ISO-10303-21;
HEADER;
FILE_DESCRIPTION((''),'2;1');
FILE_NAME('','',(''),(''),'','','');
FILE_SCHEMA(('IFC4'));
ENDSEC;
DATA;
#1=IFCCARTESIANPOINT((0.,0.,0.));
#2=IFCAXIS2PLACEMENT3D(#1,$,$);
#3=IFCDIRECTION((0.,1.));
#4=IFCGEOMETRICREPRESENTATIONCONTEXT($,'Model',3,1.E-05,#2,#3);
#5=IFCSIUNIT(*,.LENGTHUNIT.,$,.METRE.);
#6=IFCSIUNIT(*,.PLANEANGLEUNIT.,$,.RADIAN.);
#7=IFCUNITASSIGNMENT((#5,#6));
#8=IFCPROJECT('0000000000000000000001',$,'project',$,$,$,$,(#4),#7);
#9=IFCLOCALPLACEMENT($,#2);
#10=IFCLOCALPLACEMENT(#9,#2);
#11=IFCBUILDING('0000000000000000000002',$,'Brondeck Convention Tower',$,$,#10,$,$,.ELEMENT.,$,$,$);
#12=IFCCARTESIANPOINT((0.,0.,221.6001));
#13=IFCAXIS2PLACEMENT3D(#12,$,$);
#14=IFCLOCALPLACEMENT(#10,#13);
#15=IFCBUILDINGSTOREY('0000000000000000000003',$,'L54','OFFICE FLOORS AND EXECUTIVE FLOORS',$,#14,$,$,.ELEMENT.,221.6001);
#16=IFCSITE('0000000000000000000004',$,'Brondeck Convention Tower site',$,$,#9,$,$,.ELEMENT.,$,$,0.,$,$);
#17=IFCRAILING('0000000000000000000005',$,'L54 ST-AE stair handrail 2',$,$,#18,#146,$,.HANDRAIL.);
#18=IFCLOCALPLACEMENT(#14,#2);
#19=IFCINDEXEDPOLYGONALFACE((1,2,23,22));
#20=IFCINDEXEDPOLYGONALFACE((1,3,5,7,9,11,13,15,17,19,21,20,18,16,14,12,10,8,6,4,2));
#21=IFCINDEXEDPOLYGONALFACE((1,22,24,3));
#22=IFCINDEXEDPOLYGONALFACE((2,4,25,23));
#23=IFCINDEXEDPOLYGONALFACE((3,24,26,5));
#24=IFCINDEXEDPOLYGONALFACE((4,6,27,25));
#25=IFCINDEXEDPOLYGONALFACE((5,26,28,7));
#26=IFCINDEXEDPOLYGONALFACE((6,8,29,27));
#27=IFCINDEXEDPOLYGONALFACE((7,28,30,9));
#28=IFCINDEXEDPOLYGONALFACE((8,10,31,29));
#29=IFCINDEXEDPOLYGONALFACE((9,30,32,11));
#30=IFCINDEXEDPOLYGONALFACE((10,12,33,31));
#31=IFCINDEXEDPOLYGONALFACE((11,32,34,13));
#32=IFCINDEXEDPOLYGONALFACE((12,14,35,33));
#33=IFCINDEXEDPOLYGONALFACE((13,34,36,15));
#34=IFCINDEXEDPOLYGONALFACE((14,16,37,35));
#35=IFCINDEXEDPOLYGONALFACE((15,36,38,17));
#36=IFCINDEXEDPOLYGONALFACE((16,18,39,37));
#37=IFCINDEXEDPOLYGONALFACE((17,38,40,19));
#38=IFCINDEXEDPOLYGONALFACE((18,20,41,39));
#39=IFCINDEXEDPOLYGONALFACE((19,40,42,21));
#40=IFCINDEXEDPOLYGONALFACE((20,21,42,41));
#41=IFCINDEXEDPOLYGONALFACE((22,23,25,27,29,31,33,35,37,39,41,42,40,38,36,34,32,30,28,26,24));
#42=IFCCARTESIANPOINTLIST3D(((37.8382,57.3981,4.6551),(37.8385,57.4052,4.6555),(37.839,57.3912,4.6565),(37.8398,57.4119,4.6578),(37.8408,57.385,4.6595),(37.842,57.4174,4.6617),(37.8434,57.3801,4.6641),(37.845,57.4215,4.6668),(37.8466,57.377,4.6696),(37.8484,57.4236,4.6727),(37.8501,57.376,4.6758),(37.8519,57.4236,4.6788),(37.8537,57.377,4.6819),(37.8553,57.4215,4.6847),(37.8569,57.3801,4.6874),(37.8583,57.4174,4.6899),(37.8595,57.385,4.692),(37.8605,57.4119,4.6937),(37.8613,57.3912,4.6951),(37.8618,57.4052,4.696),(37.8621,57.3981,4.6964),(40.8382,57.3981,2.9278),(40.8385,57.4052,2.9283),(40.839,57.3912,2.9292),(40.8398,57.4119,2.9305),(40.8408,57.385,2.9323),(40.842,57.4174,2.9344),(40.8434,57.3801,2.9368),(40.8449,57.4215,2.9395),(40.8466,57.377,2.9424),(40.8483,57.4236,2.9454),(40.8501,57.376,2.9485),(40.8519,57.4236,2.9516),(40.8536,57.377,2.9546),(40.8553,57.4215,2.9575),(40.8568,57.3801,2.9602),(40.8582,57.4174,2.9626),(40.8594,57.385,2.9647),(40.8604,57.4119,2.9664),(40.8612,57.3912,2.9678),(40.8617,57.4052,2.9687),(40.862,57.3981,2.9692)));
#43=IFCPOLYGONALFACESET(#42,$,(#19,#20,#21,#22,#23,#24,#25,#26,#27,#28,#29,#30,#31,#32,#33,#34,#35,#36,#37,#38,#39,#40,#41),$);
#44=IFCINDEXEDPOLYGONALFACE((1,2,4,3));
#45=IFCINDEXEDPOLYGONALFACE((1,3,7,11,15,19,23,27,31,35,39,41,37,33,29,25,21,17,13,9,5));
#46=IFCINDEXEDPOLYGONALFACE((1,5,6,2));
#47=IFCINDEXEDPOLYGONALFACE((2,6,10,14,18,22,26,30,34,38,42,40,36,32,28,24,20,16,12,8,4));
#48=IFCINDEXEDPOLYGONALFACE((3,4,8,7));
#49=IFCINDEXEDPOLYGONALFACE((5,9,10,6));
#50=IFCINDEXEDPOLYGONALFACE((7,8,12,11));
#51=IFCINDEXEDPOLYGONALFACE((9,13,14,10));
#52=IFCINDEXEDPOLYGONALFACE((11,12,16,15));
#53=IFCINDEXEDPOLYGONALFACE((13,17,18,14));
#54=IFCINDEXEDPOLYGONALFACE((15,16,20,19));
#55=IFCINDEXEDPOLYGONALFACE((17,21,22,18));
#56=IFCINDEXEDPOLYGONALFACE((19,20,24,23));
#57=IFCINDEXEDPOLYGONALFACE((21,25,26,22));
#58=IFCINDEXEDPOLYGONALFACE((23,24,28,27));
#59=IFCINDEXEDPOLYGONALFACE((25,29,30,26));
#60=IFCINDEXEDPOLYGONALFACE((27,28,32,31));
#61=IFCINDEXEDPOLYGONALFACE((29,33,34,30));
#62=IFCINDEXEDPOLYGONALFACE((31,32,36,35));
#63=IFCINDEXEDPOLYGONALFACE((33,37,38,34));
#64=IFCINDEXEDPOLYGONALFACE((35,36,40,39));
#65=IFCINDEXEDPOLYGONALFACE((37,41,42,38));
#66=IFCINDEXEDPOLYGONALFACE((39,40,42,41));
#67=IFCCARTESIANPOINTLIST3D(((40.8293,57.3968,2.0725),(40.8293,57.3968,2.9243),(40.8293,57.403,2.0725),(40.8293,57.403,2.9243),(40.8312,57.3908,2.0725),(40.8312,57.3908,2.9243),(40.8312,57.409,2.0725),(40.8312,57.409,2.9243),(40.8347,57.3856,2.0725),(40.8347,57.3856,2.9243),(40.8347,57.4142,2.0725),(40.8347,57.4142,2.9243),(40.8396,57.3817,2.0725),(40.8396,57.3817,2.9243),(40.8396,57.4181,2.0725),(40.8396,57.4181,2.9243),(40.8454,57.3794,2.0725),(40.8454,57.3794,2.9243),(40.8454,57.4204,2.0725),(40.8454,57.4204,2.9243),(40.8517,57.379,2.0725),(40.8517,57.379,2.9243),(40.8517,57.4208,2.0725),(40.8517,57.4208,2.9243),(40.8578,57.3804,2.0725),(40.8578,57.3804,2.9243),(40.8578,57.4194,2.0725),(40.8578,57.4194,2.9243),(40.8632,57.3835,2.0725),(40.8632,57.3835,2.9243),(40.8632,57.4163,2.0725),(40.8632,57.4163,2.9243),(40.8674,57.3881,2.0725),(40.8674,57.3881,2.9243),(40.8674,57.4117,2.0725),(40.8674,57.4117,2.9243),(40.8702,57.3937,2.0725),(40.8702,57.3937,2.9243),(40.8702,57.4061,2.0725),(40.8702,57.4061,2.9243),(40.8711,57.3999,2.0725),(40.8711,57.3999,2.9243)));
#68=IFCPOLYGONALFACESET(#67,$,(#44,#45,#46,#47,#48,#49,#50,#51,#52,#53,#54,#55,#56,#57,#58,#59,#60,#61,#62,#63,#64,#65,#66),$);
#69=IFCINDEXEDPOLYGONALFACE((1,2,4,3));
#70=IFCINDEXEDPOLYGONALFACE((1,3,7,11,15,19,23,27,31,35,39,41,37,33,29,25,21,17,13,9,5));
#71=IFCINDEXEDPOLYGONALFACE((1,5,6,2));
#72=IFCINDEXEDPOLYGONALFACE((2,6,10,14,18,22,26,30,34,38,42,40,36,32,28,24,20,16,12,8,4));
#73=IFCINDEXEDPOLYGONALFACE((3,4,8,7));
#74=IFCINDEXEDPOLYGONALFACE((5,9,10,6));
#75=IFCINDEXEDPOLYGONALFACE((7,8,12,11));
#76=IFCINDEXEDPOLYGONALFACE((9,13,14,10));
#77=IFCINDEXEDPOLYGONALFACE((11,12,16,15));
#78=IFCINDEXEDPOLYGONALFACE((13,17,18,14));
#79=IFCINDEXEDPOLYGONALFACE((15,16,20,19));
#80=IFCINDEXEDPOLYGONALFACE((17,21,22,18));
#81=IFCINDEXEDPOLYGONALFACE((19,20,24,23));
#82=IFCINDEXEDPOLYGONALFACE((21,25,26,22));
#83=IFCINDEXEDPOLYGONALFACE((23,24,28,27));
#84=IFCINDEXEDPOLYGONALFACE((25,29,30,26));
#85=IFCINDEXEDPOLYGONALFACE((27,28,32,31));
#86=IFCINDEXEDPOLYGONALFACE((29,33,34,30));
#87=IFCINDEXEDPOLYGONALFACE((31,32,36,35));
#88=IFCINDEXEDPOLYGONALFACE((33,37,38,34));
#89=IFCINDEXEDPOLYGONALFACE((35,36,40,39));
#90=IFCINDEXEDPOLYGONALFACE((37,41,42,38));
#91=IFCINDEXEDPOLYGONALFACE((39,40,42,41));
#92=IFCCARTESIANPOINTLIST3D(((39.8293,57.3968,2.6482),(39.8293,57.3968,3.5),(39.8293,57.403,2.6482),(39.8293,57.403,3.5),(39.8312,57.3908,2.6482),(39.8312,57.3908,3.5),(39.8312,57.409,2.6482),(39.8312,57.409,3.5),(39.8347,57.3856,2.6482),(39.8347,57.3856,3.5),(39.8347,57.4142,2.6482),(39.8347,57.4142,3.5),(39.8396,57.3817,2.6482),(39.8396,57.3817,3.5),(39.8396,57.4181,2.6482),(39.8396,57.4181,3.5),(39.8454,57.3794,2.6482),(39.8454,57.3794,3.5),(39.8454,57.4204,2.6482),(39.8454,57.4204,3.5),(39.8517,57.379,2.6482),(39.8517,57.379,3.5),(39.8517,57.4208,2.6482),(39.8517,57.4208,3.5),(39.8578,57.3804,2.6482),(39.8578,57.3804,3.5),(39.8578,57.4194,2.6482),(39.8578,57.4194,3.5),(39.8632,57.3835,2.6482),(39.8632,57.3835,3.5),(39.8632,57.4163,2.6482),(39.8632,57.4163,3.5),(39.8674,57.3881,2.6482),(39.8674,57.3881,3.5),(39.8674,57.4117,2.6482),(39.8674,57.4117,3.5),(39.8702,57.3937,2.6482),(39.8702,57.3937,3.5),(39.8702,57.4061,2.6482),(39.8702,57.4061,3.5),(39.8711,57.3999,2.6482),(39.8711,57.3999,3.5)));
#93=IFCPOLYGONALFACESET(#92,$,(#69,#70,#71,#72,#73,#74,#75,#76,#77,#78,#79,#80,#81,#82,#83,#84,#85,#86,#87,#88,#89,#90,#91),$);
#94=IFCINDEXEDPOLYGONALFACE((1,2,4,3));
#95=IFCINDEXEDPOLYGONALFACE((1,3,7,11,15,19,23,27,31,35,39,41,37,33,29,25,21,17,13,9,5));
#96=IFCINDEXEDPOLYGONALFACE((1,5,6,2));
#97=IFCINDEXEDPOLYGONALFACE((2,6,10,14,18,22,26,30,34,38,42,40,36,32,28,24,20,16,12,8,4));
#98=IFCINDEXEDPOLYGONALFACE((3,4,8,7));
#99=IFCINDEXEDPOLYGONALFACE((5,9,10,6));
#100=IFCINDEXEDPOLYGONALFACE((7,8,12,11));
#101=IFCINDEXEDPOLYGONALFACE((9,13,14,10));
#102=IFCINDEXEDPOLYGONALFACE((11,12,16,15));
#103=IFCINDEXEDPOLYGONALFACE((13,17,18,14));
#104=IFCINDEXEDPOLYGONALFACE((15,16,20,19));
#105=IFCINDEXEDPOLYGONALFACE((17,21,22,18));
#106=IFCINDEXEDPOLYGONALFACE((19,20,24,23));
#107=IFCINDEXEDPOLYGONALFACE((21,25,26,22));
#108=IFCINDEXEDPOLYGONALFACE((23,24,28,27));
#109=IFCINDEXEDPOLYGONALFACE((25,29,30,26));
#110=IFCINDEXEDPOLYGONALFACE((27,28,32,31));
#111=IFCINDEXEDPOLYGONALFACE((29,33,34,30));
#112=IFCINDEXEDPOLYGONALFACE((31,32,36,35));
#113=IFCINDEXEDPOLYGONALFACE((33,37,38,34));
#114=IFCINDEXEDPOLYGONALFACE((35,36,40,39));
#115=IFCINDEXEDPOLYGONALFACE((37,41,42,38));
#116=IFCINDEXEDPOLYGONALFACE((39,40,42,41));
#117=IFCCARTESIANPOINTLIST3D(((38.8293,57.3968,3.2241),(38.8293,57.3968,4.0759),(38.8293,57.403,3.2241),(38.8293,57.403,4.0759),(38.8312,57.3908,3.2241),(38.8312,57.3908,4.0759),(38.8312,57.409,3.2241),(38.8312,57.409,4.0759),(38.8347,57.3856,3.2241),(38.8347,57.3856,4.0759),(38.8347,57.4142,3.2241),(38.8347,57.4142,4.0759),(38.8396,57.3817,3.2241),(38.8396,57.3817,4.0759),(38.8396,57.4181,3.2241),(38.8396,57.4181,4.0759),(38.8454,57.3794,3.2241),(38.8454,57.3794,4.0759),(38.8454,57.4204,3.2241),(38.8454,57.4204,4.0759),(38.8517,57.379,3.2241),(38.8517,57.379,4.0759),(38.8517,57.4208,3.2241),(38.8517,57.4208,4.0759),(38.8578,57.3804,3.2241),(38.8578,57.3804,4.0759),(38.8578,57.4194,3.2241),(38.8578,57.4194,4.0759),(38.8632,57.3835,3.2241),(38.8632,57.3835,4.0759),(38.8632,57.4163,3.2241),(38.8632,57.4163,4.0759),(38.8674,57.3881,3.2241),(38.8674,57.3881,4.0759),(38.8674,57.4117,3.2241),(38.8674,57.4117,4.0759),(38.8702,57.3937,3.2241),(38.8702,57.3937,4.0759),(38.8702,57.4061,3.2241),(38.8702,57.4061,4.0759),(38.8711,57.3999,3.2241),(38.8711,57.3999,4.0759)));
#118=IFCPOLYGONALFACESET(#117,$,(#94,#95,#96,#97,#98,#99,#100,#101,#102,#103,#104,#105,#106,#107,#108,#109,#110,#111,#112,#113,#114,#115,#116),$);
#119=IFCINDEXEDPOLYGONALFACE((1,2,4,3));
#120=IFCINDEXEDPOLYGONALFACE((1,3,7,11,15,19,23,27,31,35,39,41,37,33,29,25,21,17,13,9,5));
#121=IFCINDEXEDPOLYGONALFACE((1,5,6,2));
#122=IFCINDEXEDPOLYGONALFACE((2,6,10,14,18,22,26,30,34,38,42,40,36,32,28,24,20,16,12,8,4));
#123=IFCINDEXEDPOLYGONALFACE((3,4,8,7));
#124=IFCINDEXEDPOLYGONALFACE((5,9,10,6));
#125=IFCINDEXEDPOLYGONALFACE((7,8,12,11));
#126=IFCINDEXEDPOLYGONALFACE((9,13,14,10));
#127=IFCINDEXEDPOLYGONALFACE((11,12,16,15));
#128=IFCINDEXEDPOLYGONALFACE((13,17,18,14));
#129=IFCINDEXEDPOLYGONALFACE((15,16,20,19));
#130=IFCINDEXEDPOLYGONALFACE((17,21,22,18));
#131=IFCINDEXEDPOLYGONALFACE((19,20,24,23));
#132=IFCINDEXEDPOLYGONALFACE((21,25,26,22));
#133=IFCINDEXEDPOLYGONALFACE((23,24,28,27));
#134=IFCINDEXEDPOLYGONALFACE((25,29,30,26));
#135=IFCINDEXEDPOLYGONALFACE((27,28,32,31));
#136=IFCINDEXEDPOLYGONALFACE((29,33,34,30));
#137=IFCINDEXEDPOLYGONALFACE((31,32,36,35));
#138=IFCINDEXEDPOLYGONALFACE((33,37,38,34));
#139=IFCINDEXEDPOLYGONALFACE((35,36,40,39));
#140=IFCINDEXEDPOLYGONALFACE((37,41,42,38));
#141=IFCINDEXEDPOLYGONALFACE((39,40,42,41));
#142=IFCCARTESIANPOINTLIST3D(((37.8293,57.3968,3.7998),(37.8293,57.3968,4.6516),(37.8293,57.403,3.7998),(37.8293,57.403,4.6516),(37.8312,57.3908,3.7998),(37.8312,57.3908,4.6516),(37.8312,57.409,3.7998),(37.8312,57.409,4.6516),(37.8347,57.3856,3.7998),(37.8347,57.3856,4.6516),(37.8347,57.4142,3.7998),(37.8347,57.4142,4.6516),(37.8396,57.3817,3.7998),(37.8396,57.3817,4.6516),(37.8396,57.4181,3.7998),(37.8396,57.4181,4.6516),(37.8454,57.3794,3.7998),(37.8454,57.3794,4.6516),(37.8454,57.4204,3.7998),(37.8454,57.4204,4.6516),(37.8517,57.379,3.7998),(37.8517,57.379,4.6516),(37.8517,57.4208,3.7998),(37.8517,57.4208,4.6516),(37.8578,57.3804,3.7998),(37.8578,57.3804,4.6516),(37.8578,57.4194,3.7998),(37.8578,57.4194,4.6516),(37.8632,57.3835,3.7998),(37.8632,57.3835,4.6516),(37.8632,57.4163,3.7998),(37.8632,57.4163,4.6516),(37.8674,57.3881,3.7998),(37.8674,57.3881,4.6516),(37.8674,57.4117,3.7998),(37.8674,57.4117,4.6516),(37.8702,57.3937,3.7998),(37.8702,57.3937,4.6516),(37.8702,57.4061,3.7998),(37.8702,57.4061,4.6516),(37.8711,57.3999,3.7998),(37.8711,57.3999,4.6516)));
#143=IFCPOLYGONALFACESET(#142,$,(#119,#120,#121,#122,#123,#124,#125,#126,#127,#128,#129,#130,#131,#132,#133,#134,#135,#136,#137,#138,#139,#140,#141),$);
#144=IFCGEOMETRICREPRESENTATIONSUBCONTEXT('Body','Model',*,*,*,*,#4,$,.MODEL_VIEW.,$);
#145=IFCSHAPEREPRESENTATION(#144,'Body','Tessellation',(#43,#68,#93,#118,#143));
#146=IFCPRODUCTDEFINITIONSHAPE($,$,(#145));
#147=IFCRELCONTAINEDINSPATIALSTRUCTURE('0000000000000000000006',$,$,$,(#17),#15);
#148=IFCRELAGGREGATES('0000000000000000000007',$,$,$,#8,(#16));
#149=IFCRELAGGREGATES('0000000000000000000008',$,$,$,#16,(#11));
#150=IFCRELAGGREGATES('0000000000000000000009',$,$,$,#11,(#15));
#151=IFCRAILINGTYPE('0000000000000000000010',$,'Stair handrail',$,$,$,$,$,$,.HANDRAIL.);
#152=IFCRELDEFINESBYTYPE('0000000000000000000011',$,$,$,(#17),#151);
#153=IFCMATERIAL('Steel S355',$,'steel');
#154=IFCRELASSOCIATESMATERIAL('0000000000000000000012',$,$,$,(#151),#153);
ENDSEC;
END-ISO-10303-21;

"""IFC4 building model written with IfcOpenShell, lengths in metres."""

from ifc_helpers import new_model, si_unit, direction, frame, origin, origin_2d, place, context, subcontext, project, spatial, circle, extrude, material, type_object, element, save


model = new_model("IFC4")

# Units and contexts
model_context = context("Model", 3, precision=1e-05, world=origin(), true_north=direction((0.0, 1.0)))
body_context = subcontext(model_context, "Body", "Model", "MODEL_VIEW")
ifc_project = project(units=[si_unit("LENGTHUNIT", "METRE"), si_unit("PLANEANGLEUNIT", "RADIAN")], contexts=[model_context])

# Site, building, storey
site_placement = place(None, origin())
site = spatial("IfcSite", under=ifc_project, at=site_placement, Name="Brondeck Convention Tower site", CompositionType="ELEMENT", RefElevation=0.0)
building_placement = place(site_placement, origin())
building = spatial("IfcBuilding", under=site, at=building_placement, Name="Brondeck Convention Tower", CompositionType="ELEMENT")
storey_placement = place(building_placement, frame((0.0, 0.0, 221.6001)))
storey = spatial("IfcBuildingStorey", under=building, at=storey_placement, Name="L54", Description="OFFICE FLOORS AND EXECUTIVE FLOORS", CompositionType="ELEMENT", Elevation=221.6001)

# Shared definitions
ifc_material_1 = material(Name="Steel S355", Category="steel")

# Railing
railing_type_1 = type_object("IfcRailingType", Name="Stair handrail", PredefinedType="HANDRAIL", material=ifc_material_1)
railing_1_placement = place(storey_placement, frame((40.8501, 57.3999, 2.0725)))
element("IfcRailing", 1, at=railing_1_placement, inside=storey, type_object=railing_type_1, Name="L54 ST-AE stair handrail 2", PredefinedType="HANDRAIL", context=body_context, shape_type="SweptSolid", body=[
    extrude(circle(Radius=0.0239, at=origin_2d()), frame((0.0, 0.0, 0.876), z_axis=(-0.86662, 0.0, 0.498969), x_axis=(0.0, -1.0, 0.0)), (0.0, 0.0, 1.0), 3.4617),
    extrude(circle(Radius=0.021, at=origin_2d()), origin(), (0.0, 0.0, 1.0), 0.8518),
    extrude(circle(Radius=0.021, at=origin_2d()), frame((-1.0, 0.0, 0.5757)), (0.0, 0.0, 1.0), 0.8518),
    extrude(circle(Radius=0.021, at=origin_2d()), frame((-2.0, 0.0, 1.1516)), (0.0, 0.0, 1.0), 0.8518),
    extrude(circle(Radius=0.021, at=origin_2d()), frame((-3.0, 0.0, 1.7273)), (0.0, 0.0, 1.0), 0.8518),
])

save(model, "model.ifc")
